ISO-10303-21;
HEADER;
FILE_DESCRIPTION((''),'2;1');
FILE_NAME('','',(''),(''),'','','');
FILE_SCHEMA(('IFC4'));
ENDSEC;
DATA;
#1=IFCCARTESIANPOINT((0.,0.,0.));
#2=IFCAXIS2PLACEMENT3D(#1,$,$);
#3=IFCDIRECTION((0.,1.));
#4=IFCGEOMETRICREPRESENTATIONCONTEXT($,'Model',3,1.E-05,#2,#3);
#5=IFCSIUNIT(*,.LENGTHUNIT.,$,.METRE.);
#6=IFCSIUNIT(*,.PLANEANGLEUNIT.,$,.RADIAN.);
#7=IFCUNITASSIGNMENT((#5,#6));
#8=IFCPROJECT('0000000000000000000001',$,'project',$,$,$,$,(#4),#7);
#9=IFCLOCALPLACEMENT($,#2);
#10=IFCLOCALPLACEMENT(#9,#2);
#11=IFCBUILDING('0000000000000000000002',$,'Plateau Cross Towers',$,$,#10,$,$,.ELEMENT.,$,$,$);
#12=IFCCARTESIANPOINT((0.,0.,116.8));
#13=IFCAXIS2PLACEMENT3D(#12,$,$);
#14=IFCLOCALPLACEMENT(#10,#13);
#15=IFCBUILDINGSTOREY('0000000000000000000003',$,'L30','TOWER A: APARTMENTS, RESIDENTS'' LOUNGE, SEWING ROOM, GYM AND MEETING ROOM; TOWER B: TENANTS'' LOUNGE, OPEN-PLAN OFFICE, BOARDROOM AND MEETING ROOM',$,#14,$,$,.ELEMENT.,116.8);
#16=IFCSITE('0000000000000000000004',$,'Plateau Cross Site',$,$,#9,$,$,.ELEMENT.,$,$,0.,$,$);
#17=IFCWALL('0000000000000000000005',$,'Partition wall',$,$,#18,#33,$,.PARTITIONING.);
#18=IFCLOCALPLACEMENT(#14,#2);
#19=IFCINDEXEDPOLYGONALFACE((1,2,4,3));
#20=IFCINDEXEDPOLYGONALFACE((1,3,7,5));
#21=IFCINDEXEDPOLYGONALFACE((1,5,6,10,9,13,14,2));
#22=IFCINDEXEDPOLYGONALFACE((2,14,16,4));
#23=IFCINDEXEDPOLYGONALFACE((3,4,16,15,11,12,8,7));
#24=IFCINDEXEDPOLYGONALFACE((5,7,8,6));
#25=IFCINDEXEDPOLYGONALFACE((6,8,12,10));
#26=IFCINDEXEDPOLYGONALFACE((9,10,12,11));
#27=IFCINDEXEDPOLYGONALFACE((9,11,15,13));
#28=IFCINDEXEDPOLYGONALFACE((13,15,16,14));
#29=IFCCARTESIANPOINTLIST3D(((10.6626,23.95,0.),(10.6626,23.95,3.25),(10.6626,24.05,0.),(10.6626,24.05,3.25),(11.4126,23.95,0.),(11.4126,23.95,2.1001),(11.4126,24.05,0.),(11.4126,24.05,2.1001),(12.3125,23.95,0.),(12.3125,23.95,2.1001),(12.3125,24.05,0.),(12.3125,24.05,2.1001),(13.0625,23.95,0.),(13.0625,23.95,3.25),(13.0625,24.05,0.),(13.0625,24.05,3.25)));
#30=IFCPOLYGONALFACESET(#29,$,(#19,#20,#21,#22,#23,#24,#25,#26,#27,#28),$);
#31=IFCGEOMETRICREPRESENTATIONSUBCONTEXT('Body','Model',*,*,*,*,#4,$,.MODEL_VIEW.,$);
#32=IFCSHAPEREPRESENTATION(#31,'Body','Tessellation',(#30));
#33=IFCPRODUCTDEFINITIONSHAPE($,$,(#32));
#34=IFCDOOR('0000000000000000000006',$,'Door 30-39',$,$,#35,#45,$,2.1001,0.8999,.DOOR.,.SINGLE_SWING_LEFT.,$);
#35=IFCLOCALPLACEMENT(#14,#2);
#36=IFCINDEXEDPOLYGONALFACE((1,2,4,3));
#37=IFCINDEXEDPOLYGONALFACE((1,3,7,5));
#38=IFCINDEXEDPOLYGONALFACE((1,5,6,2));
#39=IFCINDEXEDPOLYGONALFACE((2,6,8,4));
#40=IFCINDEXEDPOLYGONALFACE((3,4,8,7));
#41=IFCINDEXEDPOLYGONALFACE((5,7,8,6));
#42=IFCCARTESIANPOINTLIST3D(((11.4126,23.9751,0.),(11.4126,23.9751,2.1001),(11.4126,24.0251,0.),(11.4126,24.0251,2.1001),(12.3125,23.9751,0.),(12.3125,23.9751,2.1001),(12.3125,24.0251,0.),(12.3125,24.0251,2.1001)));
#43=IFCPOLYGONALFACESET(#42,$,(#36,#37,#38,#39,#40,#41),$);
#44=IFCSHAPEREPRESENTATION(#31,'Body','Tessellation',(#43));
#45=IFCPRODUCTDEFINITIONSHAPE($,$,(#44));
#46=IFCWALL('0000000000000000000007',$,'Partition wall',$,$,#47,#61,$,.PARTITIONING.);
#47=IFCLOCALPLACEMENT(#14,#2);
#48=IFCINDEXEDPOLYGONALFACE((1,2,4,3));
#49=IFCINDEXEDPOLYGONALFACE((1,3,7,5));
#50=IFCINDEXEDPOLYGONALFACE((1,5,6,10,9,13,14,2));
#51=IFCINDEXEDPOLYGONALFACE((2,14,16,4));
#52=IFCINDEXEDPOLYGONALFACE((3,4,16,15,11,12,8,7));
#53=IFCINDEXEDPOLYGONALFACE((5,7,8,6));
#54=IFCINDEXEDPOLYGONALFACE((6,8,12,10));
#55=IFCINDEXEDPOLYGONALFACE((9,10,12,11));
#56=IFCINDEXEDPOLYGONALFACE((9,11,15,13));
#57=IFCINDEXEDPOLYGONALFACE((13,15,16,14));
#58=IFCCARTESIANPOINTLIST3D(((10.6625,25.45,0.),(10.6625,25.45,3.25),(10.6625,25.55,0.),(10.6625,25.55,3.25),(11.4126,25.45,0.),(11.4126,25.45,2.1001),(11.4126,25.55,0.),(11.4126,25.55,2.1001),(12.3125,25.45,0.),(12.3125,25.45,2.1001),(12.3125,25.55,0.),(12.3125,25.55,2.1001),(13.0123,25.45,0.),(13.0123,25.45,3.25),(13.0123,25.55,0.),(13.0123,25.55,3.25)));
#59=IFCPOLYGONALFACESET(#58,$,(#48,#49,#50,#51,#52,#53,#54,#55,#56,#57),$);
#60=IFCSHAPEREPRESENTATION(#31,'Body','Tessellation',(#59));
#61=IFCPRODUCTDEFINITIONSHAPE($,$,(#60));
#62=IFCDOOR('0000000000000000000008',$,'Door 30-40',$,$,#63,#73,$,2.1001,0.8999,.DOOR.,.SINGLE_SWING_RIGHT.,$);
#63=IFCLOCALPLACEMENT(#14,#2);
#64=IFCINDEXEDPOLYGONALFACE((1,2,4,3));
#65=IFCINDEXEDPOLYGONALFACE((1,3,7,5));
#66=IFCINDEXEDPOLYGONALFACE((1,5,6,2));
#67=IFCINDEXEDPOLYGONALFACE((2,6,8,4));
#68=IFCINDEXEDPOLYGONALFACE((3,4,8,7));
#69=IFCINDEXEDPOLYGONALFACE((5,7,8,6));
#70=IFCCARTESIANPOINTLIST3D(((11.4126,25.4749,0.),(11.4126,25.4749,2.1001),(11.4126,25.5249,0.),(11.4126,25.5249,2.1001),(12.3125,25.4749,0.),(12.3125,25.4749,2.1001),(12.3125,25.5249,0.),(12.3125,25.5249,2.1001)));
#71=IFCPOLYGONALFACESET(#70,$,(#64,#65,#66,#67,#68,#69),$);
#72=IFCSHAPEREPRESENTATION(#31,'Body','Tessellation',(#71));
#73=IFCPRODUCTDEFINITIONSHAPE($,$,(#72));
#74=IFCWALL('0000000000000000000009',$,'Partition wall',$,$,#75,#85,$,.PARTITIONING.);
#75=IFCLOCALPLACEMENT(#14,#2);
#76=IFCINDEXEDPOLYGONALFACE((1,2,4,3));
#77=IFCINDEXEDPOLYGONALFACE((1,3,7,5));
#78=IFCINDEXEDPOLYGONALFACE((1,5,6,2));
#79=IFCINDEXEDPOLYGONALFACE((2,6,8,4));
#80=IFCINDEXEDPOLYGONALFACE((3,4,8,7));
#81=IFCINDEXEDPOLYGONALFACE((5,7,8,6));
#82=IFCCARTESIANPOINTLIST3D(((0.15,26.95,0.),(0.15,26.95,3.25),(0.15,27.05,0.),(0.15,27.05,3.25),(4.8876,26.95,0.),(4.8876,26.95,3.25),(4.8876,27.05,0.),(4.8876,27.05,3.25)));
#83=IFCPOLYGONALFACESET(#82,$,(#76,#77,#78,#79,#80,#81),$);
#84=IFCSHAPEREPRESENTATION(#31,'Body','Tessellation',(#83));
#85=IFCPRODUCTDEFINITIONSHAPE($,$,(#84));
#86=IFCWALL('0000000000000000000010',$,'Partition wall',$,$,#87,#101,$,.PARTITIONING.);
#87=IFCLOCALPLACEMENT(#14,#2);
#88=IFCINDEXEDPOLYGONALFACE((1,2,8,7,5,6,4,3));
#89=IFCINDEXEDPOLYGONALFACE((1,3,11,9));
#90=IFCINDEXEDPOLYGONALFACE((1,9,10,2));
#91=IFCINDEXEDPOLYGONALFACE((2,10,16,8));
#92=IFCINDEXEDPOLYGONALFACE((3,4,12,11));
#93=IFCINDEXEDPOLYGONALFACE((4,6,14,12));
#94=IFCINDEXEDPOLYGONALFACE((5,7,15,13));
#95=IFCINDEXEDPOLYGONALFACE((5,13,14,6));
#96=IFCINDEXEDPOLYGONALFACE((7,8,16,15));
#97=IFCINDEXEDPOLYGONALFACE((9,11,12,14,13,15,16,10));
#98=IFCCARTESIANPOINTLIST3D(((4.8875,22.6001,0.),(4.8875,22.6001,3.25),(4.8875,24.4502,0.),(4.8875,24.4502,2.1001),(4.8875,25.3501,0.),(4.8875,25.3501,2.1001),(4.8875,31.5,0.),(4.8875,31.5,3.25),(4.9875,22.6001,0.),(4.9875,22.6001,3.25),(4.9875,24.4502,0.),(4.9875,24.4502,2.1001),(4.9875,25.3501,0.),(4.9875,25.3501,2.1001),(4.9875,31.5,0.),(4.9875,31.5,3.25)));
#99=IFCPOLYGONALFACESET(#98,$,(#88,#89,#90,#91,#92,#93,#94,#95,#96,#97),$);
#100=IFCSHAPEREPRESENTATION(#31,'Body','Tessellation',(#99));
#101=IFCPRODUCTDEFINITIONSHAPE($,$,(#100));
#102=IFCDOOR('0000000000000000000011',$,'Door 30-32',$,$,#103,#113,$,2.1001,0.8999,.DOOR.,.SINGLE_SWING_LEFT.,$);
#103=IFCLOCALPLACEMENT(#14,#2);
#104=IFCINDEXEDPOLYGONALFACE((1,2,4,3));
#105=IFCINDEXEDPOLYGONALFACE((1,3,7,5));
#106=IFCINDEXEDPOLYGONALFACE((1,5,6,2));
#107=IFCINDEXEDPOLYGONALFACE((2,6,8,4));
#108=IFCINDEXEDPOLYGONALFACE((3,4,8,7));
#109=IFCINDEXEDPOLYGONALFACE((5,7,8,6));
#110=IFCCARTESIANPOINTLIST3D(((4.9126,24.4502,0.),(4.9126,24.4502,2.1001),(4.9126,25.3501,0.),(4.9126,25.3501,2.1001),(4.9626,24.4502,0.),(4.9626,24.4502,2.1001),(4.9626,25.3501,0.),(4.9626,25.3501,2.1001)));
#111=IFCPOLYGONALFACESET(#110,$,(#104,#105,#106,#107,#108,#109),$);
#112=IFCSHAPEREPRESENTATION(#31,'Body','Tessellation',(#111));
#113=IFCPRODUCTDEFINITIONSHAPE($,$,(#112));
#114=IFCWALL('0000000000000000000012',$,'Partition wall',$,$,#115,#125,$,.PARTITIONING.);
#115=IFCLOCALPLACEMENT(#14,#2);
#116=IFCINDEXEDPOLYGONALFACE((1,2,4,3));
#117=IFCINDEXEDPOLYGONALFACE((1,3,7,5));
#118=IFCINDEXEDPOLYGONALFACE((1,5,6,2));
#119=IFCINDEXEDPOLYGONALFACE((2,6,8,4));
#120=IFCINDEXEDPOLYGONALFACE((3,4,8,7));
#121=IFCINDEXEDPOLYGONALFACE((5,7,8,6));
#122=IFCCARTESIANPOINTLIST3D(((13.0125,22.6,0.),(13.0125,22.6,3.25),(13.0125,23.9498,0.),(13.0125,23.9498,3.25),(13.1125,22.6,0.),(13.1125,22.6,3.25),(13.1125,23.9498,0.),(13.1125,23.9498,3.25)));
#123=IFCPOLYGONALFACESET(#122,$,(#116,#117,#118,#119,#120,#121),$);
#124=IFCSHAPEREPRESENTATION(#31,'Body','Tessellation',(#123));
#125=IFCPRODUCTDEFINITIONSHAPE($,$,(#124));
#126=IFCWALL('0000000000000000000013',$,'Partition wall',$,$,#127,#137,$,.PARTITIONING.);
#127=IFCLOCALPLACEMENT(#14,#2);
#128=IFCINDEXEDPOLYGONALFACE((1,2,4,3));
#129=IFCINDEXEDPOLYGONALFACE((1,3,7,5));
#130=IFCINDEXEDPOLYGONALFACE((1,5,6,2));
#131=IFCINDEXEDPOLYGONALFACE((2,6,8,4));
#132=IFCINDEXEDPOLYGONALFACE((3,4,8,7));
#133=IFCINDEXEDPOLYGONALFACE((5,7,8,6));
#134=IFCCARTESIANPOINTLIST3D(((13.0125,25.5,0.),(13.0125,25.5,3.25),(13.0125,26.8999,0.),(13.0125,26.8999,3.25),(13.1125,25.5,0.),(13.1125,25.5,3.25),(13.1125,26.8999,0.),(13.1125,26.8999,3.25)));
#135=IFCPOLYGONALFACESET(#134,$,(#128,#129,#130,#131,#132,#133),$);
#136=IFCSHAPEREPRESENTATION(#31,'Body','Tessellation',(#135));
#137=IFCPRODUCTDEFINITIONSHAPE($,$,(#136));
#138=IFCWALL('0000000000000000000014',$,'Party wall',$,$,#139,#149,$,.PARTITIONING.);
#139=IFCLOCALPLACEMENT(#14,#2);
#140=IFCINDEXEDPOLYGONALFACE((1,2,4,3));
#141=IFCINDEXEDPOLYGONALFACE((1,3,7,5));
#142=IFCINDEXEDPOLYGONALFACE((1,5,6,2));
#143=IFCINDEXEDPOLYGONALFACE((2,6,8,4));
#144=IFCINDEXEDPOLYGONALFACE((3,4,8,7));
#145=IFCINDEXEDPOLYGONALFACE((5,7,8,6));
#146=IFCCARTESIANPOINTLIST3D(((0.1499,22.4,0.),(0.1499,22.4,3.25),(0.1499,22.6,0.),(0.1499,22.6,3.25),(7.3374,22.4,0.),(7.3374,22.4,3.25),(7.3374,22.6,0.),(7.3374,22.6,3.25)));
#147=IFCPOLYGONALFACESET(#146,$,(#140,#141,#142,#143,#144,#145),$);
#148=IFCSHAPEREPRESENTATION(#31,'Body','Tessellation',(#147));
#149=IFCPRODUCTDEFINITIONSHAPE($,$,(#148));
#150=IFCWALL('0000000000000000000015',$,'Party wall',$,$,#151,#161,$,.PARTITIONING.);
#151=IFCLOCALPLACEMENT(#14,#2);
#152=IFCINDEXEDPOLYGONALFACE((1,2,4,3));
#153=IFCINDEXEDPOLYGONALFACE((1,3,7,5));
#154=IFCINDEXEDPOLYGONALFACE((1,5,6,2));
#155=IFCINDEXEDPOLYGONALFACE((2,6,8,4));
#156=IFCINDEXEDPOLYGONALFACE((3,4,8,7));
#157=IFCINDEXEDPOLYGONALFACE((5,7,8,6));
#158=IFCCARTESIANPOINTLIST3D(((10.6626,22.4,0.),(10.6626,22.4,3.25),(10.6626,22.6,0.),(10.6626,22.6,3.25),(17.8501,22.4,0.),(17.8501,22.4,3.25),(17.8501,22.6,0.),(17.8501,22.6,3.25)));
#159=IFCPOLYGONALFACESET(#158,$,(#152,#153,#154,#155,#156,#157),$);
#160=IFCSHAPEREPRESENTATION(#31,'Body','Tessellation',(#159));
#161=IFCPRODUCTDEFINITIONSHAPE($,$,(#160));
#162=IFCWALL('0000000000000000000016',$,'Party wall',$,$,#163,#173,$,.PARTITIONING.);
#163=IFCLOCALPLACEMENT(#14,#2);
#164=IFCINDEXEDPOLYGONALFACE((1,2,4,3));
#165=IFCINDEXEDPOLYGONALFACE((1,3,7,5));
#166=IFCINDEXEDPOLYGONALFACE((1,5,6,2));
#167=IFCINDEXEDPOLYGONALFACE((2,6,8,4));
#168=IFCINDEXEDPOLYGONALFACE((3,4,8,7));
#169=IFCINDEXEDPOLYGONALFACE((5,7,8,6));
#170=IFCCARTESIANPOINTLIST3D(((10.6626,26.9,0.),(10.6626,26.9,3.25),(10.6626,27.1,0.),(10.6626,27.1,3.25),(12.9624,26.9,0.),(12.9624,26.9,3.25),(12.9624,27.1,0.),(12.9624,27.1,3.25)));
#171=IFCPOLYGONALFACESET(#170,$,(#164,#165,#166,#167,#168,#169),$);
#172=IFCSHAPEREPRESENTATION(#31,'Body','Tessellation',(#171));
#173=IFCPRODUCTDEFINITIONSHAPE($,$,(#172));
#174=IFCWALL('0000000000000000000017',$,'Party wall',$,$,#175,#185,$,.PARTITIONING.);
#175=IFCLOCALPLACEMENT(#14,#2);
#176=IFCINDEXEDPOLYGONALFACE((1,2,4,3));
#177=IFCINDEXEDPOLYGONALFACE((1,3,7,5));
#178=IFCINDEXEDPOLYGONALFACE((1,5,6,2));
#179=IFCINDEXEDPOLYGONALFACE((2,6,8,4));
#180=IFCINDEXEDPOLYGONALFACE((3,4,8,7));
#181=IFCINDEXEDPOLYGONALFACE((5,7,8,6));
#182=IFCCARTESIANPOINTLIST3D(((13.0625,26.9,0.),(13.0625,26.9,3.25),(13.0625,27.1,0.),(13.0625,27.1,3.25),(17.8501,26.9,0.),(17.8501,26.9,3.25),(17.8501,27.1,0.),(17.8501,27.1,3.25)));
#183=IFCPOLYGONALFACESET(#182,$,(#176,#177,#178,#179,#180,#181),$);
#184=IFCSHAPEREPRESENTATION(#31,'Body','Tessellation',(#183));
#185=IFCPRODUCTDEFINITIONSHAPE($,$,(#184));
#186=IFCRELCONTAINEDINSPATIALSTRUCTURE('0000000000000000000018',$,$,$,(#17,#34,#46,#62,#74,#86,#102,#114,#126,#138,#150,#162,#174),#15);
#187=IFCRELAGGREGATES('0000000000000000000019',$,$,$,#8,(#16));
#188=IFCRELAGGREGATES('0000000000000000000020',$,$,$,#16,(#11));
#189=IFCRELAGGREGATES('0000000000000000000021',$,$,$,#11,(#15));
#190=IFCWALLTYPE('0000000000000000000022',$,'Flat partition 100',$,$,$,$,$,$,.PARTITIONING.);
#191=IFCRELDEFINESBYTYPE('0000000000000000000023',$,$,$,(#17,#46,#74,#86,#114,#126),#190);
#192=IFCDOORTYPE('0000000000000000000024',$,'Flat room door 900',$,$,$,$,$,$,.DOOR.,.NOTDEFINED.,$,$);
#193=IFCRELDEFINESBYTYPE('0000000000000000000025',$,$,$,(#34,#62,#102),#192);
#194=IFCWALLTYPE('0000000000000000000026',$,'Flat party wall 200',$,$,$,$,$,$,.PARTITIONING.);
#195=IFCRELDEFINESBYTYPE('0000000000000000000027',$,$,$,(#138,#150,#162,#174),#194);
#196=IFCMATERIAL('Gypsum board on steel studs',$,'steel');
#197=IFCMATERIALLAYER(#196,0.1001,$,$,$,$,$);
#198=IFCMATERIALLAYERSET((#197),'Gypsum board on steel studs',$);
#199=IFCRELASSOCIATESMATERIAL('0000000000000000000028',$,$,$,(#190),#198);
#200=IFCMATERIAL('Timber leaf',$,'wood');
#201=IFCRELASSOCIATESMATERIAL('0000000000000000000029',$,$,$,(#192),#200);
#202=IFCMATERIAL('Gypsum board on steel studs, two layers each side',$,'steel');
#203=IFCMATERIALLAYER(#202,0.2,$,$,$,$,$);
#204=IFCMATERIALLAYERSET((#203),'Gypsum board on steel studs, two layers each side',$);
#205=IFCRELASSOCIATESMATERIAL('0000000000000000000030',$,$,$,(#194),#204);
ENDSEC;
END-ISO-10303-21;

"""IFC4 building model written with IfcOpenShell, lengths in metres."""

from ifc_helpers import new_model, si_unit, direction, frame, frame_2d, origin, place, context, subcontext, project, spatial, rectangle, extrude, material, layer, layer_set, type_object, element, fill, save


model = new_model("IFC4")

# Units and contexts
model_context = context("Model", 3, precision=1e-05, world=origin(), true_north=direction((0.0, 1.0)))
body_context = subcontext(model_context, "Body", "Model", "MODEL_VIEW")
ifc_project = project(units=[si_unit("LENGTHUNIT", "METRE"), si_unit("PLANEANGLEUNIT", "RADIAN")], contexts=[model_context])

# Site, building, storey
site_placement = place(None, origin())
site = spatial("IfcSite", under=ifc_project, at=site_placement, Name="Plateau Cross Site", CompositionType="ELEMENT", RefElevation=0.0)
building_placement = place(site_placement, origin())
building = spatial("IfcBuilding", under=site, at=building_placement, Name="Plateau Cross Towers", CompositionType="ELEMENT")
storey_placement = place(building_placement, frame((0.0, 0.0, 116.8)))
storey = spatial("IfcBuildingStorey", under=building, at=storey_placement, Name="L30", Description="TOWER A: APARTMENTS, RESIDENTS' LOUNGE, SEWING ROOM, GYM AND MEETING ROOM; TOWER B: TENANTS' LOUNGE, OPEN-PLAN OFFICE, BOARDROOM AND MEETING ROOM", CompositionType="ELEMENT", Elevation=116.8)

# Walls, openings, doors
ifc_material_1 = material(Name="Gypsum board on steel studs", Category="steel")
ifc_layer_1 = layer(ifc_material_1, 0.1001)
ifc_layer_set_1 = layer_set([ifc_layer_1], Name="Gypsum board on steel studs")
wall_type_1 = type_object("IfcWallType", Name="Flat partition 100", PredefinedType="PARTITIONING", material=ifc_layer_set_1)
wall_1_placement = place(storey_placement, frame((13.0625, 24.0, 0.0), z_axis=(0.0, 0.0, 1.0), x_axis=(-1.0, 0.0, 0.0)))
wall_1 = element("IfcWall", 1, at=wall_1_placement, inside=storey, type_object=wall_type_1, Name="Partition wall", PredefinedType="PARTITIONING", context=body_context, shape_type="SweptSolid", body=[
    extrude(rectangle(XDim=2.3999, YDim=0.1001, at=frame_2d((1.2, 0.0))), origin(), (0.0, 0.0, 1.0), 3.25),
])
opening_1_placement = place(wall_1_placement, frame((0.75, 0.0, 0.0)))
opening_1 = element("IfcOpeningElement", 2, at=opening_1_placement, cuts=wall_1, PredefinedType="OPENING", context=body_context, shape_type="SweptSolid", body=[
    extrude(rectangle(XDim=0.8999, YDim=2.1001, at=frame_2d((0.45, 1.05))), frame((0.0, 0.0601, 0.0), z_axis=(0.0, -1.0, 0.0), x_axis=(1.0, 0.0, 0.0)), (0.0, 0.0, 1.0), 0.1201),
])
ifc_material_2 = material(Name="Timber leaf", Category="wood")
door_type_1 = type_object("IfcDoorType", Name="Flat room door 900", OperationType="NOTDEFINED", PredefinedType="DOOR", material=ifc_material_2)
door_1_placement = place(opening_1_placement, origin())
door_1 = element("IfcDoor", 3, at=door_1_placement, inside=storey, type_object=door_type_1, Name="Door 30-39", OperationType="SINGLE_SWING_LEFT", OverallHeight=2.1001, OverallWidth=0.8999, PredefinedType="DOOR", context=body_context, shape_type="SweptSolid", body=[
    extrude(rectangle(XDim=0.8999, YDim=2.1001, at=frame_2d((0.45, 1.05))), frame((0.0, 0.0249, 0.0), z_axis=(0.0, -1.0, 0.0), x_axis=(1.0, 0.0, 0.0)), (0.0, 0.0, 1.0), 0.05),
])
fill(opening_1, door_1)
wall_2_placement = place(storey_placement, frame((10.6626, 25.5, 0.0), z_axis=(0.0, 0.0, 1.0), x_axis=(1.0, 0.0, 0.0)))
wall_2 = element("IfcWall", 4, at=wall_2_placement, inside=storey, type_object=wall_type_1, Name="Partition wall", PredefinedType="PARTITIONING", context=body_context, shape_type="SweptSolid", body=[
    extrude(rectangle(XDim=2.3499, YDim=0.1001, at=frame_2d((1.1748, 0.0))), origin(), (0.0, 0.0, 1.0), 3.25),
])
opening_2_placement = place(wall_2_placement, frame((0.75, 0.0, 0.0)))
opening_2 = element("IfcOpeningElement", 5, at=opening_2_placement, cuts=wall_2, PredefinedType="OPENING", context=body_context, shape_type="SweptSolid", body=[
    extrude(rectangle(XDim=0.8999, YDim=2.1001, at=frame_2d((0.45, 1.05))), frame((0.0, 0.0601, 0.0), z_axis=(0.0, -1.0, 0.0), x_axis=(1.0, 0.0, 0.0)), (0.0, 0.0, 1.0), 0.1201),
])
door_2_placement = place(opening_2_placement, origin())
door_2 = element("IfcDoor", 6, at=door_2_placement, inside=storey, type_object=door_type_1, Name="Door 30-40", OperationType="SINGLE_SWING_RIGHT", OverallHeight=2.1001, OverallWidth=0.8999, PredefinedType="DOOR", context=body_context, shape_type="SweptSolid", body=[
    extrude(rectangle(XDim=0.8999, YDim=2.1001, at=frame_2d((0.45, 1.05))), frame((0.0, 0.0249, 0.0), z_axis=(0.0, -1.0, 0.0), x_axis=(1.0, 0.0, 0.0)), (0.0, 0.0, 1.0), 0.05),
])
fill(opening_2, door_2)

# Wall
wall_3_placement = place(storey_placement, frame((4.8875, 27.0, 0.0), z_axis=(0.0, 0.0, 1.0), x_axis=(-1.0, 0.0, 0.0)))
element("IfcWall", 7, at=wall_3_placement, inside=storey, type_object=wall_type_1, Name="Partition wall", PredefinedType="PARTITIONING", context=body_context, shape_type="SweptSolid", body=[
    extrude(rectangle(XDim=4.7375, YDim=0.1001, at=frame_2d((2.3687, 0.0))), origin(), (0.0, 0.0, 1.0), 3.25),
])

# Wall, opening, door
wall_4_placement = place(storey_placement, frame((4.9375, 22.6001, 0.0), z_axis=(0.0, 0.0, 1.0), x_axis=(0.0, 1.0, 0.0)))
wall_4 = element("IfcWall", 8, at=wall_4_placement, inside=storey, type_object=wall_type_1, Name="Partition wall", PredefinedType="PARTITIONING", context=body_context, shape_type="SweptSolid", body=[
    extrude(rectangle(XDim=8.8999, YDim=0.1001, at=frame_2d((4.45, 0.0))), origin(), (0.0, 0.0, 1.0), 3.25),
])
opening_3_placement = place(wall_4_placement, frame((1.8501, 0.0, 0.0)))
opening_3 = element("IfcOpeningElement", 9, at=opening_3_placement, cuts=wall_4, PredefinedType="OPENING", context=body_context, shape_type="SweptSolid", body=[
    extrude(rectangle(XDim=0.8999, YDim=2.1001, at=frame_2d((0.45, 1.05))), frame((0.0, 0.0601, 0.0), z_axis=(0.0, -1.0, 0.0), x_axis=(1.0, 0.0, 0.0)), (0.0, 0.0, 1.0), 0.1201),
])
door_3_placement = place(opening_3_placement, origin())
door_3 = element("IfcDoor", 10, at=door_3_placement, inside=storey, type_object=door_type_1, Name="Door 30-32", OperationType="SINGLE_SWING_LEFT", OverallHeight=2.1001, OverallWidth=0.8999, PredefinedType="DOOR", context=body_context, shape_type="SweptSolid", body=[
    extrude(rectangle(XDim=0.8999, YDim=2.1001, at=frame_2d((0.45, 1.05))), frame((0.0, 0.0249, 0.0), z_axis=(0.0, -1.0, 0.0), x_axis=(1.0, 0.0, 0.0)), (0.0, 0.0, 1.0), 0.05),
])
fill(opening_3, door_3)

# Walls
wall_5_placement = place(storey_placement, frame((13.0625, 22.6001, 0.0), z_axis=(0.0, 0.0, 1.0), x_axis=(0.0, 1.0, 0.0)))
element("IfcWall", 11, at=wall_5_placement, inside=storey, type_object=wall_type_1, Name="Partition wall", PredefinedType="PARTITIONING", context=body_context, shape_type="SweptSolid", body=[
    extrude(rectangle(XDim=1.3499, YDim=0.1001, at=frame_2d((0.6748, 0.0))), origin(), (0.0, 0.0, 1.0), 3.25),
])
wall_6_placement = place(storey_placement, frame((13.0625, 25.5, 0.0), z_axis=(0.0, 0.0, 1.0), x_axis=(0.0, 1.0, 0.0)))
element("IfcWall", 12, at=wall_6_placement, inside=storey, type_object=wall_type_1, Name="Partition wall", PredefinedType="PARTITIONING", context=body_context, shape_type="SweptSolid", body=[
    extrude(rectangle(XDim=1.3999, YDim=0.1001, at=frame_2d((0.7, 0.0))), origin(), (0.0, 0.0, 1.0), 3.25),
])
ifc_material_3 = material(Name="Gypsum board on steel studs, two layers each side", Category="steel")
ifc_layer_2 = layer(ifc_material_3, 0.2)
ifc_layer_set_2 = layer_set([ifc_layer_2], Name="Gypsum board on steel studs, two layers each side")
wall_type_2 = type_object("IfcWallType", Name="Flat party wall 200", PredefinedType="PARTITIONING", material=ifc_layer_set_2)
for number, where, z_axis, x_axis, name in (
    (13, (7.3374, 22.5, 0.0), (0.0, 0.0, 1.0), (-1.0, 0.0, 0.0), "Party wall"),
    (14, (17.8501, 22.5, 0.0), (0.0, 0.0, 1.0), (-1.0, 0.0, 0.0), "Party wall"),
):
    element("IfcWall", number, at=place(storey_placement, frame(where, z_axis=z_axis, x_axis=x_axis)), inside=storey, type_object=wall_type_2, Name=name, PredefinedType="PARTITIONING", context=body_context, shape_type="SweptSolid", body=[
        extrude(rectangle(XDim=7.1875, YDim=0.2, at=frame_2d((3.5938, 0.0))), origin(), (0.0, 0.0, 1.0), 3.25),
    ])
wall_7_placement = place(storey_placement, frame((12.9624, 27.0, 0.0), z_axis=(0.0, 0.0, 1.0), x_axis=(-1.0, 0.0, 0.0)))
element("IfcWall", 15, at=wall_7_placement, inside=storey, type_object=wall_type_2, Name="Party wall", PredefinedType="PARTITIONING", context=body_context, shape_type="SweptSolid", body=[
    extrude(rectangle(XDim=2.2998, YDim=0.2, at=frame_2d((1.1499, 0.0))), origin(), (0.0, 0.0, 1.0), 3.25),
])
wall_8_placement = place(storey_placement, frame((13.0625, 27.0, 0.0), z_axis=(0.0, 0.0, 1.0), x_axis=(1.0, 0.0, 0.0)))
element("IfcWall", 16, at=wall_8_placement, inside=storey, type_object=wall_type_2, Name="Party wall", PredefinedType="PARTITIONING", context=body_context, shape_type="SweptSolid", body=[
    extrude(rectangle(XDim=4.7876, YDim=0.2, at=frame_2d((2.3938, 0.0))), origin(), (0.0, 0.0, 1.0), 3.25),
])

save(model, "model.ifc")
